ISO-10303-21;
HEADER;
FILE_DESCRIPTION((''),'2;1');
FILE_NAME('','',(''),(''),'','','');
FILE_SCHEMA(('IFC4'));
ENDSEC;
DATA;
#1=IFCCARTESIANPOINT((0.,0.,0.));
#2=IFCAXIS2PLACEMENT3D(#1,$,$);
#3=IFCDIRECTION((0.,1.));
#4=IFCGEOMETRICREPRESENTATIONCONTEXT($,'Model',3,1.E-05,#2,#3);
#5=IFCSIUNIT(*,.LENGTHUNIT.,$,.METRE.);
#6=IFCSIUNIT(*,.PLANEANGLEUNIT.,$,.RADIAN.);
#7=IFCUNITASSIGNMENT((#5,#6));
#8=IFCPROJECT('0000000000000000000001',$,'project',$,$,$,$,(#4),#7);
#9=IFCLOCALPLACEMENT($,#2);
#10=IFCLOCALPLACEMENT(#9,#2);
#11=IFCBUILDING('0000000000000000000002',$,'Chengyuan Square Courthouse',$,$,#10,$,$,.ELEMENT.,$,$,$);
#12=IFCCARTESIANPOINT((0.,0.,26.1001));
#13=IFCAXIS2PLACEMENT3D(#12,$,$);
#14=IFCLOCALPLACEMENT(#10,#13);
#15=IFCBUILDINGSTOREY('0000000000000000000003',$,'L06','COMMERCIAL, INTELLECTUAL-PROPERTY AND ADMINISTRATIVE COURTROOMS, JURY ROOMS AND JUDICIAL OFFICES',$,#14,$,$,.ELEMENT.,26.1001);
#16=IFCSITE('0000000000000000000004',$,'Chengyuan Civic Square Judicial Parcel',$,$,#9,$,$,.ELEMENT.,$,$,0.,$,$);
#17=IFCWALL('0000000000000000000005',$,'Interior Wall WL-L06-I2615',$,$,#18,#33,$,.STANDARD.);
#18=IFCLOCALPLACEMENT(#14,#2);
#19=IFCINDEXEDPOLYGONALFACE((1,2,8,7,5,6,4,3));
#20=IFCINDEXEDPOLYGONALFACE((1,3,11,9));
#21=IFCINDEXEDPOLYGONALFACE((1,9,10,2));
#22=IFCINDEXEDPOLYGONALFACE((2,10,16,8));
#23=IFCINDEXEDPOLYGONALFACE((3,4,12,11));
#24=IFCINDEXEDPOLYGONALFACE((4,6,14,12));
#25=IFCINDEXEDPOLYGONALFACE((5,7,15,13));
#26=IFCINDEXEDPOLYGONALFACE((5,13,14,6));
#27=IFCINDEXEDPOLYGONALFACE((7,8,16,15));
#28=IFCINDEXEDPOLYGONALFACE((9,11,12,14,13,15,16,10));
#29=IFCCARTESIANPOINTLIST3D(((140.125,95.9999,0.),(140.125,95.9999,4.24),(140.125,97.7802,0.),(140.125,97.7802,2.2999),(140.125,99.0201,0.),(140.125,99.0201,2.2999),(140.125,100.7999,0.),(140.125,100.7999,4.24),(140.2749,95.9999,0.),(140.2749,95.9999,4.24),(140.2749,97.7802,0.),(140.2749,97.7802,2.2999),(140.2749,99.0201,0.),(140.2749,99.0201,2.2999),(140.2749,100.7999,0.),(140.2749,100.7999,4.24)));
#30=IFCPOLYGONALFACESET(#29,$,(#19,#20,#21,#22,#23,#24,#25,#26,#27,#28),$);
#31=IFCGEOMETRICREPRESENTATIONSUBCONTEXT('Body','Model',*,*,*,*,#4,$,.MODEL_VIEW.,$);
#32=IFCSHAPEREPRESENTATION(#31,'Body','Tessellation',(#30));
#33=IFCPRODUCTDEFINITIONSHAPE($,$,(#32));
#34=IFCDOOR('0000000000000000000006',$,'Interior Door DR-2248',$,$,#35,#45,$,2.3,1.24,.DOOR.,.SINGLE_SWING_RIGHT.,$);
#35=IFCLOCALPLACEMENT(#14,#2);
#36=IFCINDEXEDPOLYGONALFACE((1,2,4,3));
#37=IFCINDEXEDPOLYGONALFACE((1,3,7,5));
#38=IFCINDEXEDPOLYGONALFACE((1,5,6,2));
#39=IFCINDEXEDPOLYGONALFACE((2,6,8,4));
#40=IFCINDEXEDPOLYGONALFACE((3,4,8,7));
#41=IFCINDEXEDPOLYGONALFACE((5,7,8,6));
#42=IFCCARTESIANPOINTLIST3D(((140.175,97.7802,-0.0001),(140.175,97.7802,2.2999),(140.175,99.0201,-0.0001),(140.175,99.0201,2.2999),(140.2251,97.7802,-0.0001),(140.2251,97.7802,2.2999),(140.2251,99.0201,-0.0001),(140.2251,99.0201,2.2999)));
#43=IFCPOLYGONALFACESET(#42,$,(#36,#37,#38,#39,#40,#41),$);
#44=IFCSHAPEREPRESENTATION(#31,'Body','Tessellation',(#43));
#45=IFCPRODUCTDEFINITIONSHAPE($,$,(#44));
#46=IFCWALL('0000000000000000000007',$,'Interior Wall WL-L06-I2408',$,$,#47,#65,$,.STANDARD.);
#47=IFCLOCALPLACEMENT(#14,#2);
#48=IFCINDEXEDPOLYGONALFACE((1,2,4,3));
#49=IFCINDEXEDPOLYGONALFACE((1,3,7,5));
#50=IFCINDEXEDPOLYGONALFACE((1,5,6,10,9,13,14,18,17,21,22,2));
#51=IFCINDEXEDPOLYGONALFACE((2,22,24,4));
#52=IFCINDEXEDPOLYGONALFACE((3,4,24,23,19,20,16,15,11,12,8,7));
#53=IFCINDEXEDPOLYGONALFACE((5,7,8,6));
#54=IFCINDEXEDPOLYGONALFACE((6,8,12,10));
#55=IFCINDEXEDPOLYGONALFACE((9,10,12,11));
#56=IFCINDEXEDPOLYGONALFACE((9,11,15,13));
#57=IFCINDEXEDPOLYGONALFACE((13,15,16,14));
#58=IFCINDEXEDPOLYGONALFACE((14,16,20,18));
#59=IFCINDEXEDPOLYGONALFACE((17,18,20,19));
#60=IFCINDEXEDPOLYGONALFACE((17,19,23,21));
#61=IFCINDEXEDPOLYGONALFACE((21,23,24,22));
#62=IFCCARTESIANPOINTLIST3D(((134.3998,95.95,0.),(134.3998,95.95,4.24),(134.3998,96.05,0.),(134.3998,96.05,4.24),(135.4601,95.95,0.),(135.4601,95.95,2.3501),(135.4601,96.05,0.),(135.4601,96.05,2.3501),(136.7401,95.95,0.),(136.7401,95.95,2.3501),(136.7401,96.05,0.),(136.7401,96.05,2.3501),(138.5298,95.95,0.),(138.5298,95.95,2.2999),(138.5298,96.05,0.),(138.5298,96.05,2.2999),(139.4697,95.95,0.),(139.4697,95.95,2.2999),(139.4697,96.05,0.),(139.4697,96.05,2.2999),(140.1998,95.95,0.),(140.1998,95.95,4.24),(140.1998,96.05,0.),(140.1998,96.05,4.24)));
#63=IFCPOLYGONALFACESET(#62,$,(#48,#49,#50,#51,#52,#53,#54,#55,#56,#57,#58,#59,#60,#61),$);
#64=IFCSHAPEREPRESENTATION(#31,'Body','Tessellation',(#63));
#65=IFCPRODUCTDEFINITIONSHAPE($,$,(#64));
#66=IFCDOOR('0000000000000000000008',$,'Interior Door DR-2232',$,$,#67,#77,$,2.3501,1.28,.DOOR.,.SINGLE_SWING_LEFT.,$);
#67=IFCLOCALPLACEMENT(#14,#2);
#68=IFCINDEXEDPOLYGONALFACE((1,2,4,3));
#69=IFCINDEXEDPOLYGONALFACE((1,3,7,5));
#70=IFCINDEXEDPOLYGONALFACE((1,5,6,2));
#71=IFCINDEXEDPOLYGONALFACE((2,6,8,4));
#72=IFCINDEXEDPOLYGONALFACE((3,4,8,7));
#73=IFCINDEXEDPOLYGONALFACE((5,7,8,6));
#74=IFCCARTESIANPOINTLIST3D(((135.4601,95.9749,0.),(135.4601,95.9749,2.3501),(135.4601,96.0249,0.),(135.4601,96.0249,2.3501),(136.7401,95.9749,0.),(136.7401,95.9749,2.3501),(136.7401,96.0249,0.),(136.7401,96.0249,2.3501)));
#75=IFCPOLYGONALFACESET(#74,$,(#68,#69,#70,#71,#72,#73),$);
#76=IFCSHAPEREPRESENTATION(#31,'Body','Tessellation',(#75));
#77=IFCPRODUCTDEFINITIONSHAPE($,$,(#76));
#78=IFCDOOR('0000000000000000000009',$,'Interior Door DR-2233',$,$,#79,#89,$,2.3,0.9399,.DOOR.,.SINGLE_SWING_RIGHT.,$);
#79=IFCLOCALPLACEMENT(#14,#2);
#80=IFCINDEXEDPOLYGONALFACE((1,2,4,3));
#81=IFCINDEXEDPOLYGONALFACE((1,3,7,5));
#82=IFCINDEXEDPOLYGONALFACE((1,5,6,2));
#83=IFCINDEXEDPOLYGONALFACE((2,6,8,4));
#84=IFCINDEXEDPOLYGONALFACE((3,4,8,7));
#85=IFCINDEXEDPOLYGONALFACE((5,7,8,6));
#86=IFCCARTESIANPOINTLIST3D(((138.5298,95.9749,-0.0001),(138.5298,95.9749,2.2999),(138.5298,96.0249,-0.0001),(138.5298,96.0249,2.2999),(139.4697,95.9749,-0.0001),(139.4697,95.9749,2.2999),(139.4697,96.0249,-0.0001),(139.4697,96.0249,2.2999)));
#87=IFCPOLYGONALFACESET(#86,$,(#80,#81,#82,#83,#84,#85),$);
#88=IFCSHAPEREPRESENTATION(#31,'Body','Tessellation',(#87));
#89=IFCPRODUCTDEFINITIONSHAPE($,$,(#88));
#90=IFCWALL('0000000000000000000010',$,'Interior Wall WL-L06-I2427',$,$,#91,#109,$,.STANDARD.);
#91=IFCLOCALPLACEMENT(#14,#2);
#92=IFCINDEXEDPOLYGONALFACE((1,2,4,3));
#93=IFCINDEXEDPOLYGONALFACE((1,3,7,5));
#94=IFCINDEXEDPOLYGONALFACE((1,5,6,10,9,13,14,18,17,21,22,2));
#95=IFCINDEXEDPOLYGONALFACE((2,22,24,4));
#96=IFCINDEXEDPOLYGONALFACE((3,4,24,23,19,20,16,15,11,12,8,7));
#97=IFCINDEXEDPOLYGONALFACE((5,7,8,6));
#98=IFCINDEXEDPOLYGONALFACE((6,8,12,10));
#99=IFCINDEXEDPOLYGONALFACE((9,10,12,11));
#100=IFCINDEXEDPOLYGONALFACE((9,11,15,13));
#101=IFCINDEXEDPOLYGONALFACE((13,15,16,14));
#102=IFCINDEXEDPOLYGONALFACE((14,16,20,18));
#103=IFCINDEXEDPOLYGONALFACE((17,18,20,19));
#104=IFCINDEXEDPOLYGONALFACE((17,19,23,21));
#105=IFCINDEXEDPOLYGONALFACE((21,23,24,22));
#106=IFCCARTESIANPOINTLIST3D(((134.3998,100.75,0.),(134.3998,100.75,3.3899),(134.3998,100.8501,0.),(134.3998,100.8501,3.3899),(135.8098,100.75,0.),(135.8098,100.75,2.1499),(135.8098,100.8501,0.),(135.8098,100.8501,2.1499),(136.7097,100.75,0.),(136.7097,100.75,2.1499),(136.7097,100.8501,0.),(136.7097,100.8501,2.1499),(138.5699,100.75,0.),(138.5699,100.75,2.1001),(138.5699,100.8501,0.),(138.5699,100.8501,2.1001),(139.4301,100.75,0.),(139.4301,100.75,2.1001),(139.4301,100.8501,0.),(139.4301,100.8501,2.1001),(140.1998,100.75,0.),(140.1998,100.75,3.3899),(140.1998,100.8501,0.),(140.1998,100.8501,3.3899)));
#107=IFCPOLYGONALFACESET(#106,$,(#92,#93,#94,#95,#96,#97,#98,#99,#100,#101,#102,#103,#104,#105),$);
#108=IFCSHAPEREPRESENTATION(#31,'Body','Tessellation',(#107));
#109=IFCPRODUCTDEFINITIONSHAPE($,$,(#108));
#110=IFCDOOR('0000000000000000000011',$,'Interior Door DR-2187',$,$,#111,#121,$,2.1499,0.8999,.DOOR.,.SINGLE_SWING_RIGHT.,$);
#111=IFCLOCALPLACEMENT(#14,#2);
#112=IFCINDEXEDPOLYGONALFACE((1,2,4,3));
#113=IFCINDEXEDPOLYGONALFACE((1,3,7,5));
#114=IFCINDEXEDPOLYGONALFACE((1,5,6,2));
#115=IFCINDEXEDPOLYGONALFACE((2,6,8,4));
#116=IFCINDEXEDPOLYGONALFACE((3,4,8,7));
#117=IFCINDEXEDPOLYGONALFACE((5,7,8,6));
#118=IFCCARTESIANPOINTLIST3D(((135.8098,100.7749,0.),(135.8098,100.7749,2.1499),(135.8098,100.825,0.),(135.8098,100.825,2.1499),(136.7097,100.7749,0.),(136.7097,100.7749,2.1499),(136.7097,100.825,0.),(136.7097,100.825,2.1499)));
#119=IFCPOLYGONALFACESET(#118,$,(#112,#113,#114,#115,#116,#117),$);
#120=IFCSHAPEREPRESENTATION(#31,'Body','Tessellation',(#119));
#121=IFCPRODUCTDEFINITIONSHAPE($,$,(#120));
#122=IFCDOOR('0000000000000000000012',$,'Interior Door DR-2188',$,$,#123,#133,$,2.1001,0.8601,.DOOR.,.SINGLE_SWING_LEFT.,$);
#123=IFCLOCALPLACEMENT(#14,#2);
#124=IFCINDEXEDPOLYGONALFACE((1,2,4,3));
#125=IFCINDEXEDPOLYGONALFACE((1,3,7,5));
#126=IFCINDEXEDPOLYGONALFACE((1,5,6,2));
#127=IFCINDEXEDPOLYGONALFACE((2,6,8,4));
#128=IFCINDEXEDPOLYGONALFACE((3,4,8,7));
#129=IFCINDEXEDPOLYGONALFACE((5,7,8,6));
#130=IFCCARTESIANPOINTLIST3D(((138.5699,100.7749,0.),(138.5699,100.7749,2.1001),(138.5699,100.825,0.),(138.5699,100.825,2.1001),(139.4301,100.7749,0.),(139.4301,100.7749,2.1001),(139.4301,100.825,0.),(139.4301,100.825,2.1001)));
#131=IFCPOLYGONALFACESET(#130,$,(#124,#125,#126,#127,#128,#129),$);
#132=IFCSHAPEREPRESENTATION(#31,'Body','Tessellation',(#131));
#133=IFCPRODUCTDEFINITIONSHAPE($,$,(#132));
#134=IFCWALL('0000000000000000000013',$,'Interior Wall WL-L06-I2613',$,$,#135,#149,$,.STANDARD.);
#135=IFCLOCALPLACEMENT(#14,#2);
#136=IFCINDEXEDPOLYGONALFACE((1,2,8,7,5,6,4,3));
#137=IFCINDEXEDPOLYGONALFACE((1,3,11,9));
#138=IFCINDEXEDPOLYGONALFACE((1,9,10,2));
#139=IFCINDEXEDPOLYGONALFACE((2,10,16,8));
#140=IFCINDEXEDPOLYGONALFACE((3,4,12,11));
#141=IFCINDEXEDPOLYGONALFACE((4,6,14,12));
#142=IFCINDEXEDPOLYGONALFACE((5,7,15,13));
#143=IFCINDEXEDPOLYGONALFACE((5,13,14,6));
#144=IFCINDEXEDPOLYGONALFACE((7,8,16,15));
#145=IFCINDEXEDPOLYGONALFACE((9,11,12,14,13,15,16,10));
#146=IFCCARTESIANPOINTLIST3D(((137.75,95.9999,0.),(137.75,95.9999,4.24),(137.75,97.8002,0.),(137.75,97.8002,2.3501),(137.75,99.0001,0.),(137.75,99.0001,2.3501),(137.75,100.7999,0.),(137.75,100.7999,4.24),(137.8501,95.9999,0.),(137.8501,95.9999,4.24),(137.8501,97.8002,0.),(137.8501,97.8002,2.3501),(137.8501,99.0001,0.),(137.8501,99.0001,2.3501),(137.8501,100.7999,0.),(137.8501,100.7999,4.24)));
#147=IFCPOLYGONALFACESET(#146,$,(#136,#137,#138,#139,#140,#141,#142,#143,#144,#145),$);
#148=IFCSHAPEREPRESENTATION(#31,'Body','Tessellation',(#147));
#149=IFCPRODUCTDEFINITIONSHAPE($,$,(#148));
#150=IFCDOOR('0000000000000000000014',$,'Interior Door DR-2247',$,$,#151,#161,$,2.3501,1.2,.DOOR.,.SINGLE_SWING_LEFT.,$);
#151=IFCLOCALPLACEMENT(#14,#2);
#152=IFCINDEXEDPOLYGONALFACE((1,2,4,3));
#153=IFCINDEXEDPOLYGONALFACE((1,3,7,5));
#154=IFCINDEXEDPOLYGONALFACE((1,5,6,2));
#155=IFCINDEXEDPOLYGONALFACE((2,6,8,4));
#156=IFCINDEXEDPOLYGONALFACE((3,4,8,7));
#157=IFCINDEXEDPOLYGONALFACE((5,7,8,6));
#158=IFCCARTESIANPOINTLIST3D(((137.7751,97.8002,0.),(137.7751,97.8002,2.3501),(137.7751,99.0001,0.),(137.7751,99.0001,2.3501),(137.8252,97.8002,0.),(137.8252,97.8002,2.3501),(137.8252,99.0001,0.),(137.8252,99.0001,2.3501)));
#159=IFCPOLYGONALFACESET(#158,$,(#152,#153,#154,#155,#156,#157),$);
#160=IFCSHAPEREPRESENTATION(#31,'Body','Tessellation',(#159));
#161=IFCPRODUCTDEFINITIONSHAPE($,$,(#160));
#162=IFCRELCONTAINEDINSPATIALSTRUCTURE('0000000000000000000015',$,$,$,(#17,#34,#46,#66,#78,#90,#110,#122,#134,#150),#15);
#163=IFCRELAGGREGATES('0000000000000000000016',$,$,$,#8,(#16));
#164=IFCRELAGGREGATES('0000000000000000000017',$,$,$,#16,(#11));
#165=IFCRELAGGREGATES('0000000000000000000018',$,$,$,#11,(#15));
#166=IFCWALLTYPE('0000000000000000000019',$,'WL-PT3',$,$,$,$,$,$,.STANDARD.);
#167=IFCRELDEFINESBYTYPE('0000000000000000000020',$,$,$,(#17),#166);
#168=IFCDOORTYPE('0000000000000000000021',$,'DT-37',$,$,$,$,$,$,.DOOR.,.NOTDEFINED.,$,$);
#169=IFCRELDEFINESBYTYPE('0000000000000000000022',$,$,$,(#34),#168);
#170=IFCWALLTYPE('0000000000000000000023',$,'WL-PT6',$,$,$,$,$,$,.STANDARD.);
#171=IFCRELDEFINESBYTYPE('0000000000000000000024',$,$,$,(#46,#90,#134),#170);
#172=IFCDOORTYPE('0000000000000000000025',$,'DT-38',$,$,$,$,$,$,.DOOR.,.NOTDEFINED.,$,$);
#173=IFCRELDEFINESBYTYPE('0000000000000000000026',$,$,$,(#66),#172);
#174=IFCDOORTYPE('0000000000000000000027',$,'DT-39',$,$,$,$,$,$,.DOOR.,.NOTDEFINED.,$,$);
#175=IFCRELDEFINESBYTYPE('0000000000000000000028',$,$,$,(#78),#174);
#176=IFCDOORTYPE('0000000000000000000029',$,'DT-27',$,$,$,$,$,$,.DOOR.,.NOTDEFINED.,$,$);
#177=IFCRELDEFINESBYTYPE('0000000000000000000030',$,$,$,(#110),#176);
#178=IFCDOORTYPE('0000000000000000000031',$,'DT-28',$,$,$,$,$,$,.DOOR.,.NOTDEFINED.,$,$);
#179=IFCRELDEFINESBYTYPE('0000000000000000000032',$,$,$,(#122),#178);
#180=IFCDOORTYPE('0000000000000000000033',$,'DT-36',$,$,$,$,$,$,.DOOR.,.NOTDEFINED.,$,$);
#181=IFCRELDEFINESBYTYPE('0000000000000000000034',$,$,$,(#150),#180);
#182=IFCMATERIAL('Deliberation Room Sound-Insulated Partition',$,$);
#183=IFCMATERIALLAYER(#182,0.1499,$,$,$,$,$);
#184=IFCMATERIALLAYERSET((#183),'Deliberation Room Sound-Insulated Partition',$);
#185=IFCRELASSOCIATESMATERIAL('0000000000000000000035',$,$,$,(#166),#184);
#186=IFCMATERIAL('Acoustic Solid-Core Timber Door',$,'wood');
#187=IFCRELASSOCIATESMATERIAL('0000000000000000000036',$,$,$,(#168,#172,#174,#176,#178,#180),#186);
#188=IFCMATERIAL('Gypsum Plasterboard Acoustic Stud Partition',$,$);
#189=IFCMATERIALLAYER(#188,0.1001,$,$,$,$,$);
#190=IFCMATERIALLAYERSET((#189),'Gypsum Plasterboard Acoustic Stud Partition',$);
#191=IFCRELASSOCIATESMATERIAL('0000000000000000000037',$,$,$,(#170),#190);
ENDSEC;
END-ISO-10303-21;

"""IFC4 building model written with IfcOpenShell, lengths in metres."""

from ifc_helpers import new_model, si_unit, direction, frame, frame_2d, origin, place, context, subcontext, project, spatial, rectangle, extrude, material, layer, layer_set, type_object, element, fill, save


model = new_model("IFC4")

# Units and contexts
model_context = context("Model", 3, precision=1e-05, world=origin(), true_north=direction((0.0, 1.0)))
body_context = subcontext(model_context, "Body", "Model", "MODEL_VIEW")
ifc_project = project(units=[si_unit("LENGTHUNIT", "METRE"), si_unit("PLANEANGLEUNIT", "RADIAN")], contexts=[model_context])

# Site, building, storey
site_placement = place(None, origin())
site = spatial("IfcSite", under=ifc_project, at=site_placement, Name="Chengyuan Civic Square Judicial Parcel", CompositionType="ELEMENT", RefElevation=0.0)
building_placement = place(site_placement, origin())
building = spatial("IfcBuilding", under=site, at=building_placement, Name="Chengyuan Square Courthouse", CompositionType="ELEMENT")
storey_placement = place(building_placement, frame((0.0, 0.0, 26.1001)))
storey = spatial("IfcBuildingStorey", under=building, at=storey_placement, Name="L06", Description="COMMERCIAL, INTELLECTUAL-PROPERTY AND ADMINISTRATIVE COURTROOMS, JURY ROOMS AND JUDICIAL OFFICES", CompositionType="ELEMENT", Elevation=26.1001)

# Shared definitions
ifc_material_1 = material(Name="Deliberation Room Sound-Insulated Partition")
ifc_layer_1 = layer(ifc_material_1, 0.1499)
ifc_layer_set_1 = layer_set([ifc_layer_1], Name="Deliberation Room Sound-Insulated Partition")
wall_type_1 = type_object("IfcWallType", Name="WL-PT3", PredefinedType="STANDARD", material=ifc_layer_set_1)
ifc_material_2 = material(Name="Acoustic Solid-Core Timber Door", Category="wood")

# Wall, opening, door
wall_1_placement = place(storey_placement, frame((140.2, 96.0, 0.0), z_axis=(0.0, 0.0, 1.0), x_axis=(0.0, 1.0, 0.0)))
wall_1 = element("IfcWall", 1, at=wall_1_placement, inside=storey, type_object=wall_type_1, Name="Interior Wall WL-L06-I2615", PredefinedType="STANDARD", context=body_context, shape_type="SweptSolid", body=[
    extrude(rectangle(XDim=4.8, YDim=0.1499, at=frame_2d((2.3999, 0.0))), origin(), (0.0, 0.0, 1.0), 4.24),
])
opening_1_placement = place(wall_1_placement, frame((1.78, 0.0, 0.0)))
opening_1 = element("IfcOpeningElement", 2, at=opening_1_placement, cuts=wall_1, PredefinedType="OPENING", context=body_context, shape_type="SweptSolid", body=[
    extrude(rectangle(XDim=1.24, YDim=2.3, at=frame_2d((0.6201, 1.1499))), frame((0.0, 0.0869, 0.0), z_axis=(0.0, -1.0, 0.0), x_axis=(1.0, 0.0, 0.0)), (0.0, 0.0, 1.0), 0.1738),
])
door_type_1 = type_object("IfcDoorType", Name="DT-37", OperationType="NOTDEFINED", PredefinedType="DOOR", material=ifc_material_2)
door_1_placement = place(opening_1_placement, origin())
door_1 = element("IfcDoor", 3, at=door_1_placement, inside=storey, type_object=door_type_1, Name="Interior Door DR-2248", OperationType="SINGLE_SWING_RIGHT", OverallHeight=2.3, OverallWidth=1.24, PredefinedType="DOOR", context=body_context, shape_type="SweptSolid", body=[
    extrude(rectangle(XDim=1.24, YDim=2.3, at=frame_2d((0.6201, 1.1499))), frame((0.0, 0.0249, 0.0), z_axis=(0.0, -1.0, 0.0), x_axis=(1.0, 0.0, 0.0)), (0.0, 0.0, 1.0), 0.05),
])
fill(opening_1, door_1)

# Walls, openings, doors
ifc_material_3 = material(Name="Gypsum Plasterboard Acoustic Stud Partition")
ifc_layer_2 = layer(ifc_material_3, 0.1001)
ifc_layer_set_2 = layer_set([ifc_layer_2], Name="Gypsum Plasterboard Acoustic Stud Partition")
wall_type_2 = type_object("IfcWallType", Name="WL-PT6", PredefinedType="STANDARD", material=ifc_layer_set_2)
wall_2_placement = place(storey_placement, frame((134.3999, 96.0, 0.0), z_axis=(0.0, 0.0, 1.0), x_axis=(1.0, 0.0, 0.0)))
wall_2 = element("IfcWall", 4, at=wall_2_placement, inside=storey, type_object=wall_type_2, Name="Interior Wall WL-L06-I2408", PredefinedType="STANDARD", context=body_context, shape_type="SweptSolid", body=[
    extrude(rectangle(XDim=5.8, YDim=0.1001, at=frame_2d((2.8999, 0.0))), origin(), (0.0, 0.0, 1.0), 4.24),
])
opening_2_placement = place(wall_2_placement, frame((1.0601, 0.0, 0.0)))
opening_2 = element("IfcOpeningElement", 5, at=opening_2_placement, cuts=wall_2, PredefinedType="OPENING", context=body_context, shape_type="SweptSolid", body=[
    extrude(rectangle(XDim=1.28, YDim=2.3501, at=frame_2d((0.6401, 1.175))), frame((0.0, 0.062, 0.0), z_axis=(0.0, -1.0, 0.0), x_axis=(1.0, 0.0, 0.0)), (0.0, 0.0, 1.0), 0.124),
])
opening_3_placement = place(wall_2_placement, frame((4.1299, 0.0, 0.0)))
opening_3 = element("IfcOpeningElement", 6, at=opening_3_placement, cuts=wall_2, PredefinedType="OPENING", context=body_context, shape_type="SweptSolid", body=[
    extrude(rectangle(XDim=0.9399, YDim=2.3, at=frame_2d((0.47, 1.1499))), frame((0.0, 0.062, 0.0), z_axis=(0.0, -1.0, 0.0), x_axis=(1.0, 0.0, 0.0)), (0.0, 0.0, 1.0), 0.124),
])
door_type_2 = type_object("IfcDoorType", Name="DT-38", OperationType="NOTDEFINED", PredefinedType="DOOR", material=ifc_material_2)
door_2_placement = place(opening_2_placement, origin())
door_2 = element("IfcDoor", 7, at=door_2_placement, inside=storey, type_object=door_type_2, Name="Interior Door DR-2232", OperationType="SINGLE_SWING_LEFT", OverallHeight=2.3501, OverallWidth=1.28, PredefinedType="DOOR", context=body_context, shape_type="SweptSolid", body=[
    extrude(rectangle(XDim=1.28, YDim=2.3501, at=frame_2d((0.6401, 1.175))), frame((0.0, 0.0249, 0.0), z_axis=(0.0, -1.0, 0.0), x_axis=(1.0, 0.0, 0.0)), (0.0, 0.0, 1.0), 0.05),
])
fill(opening_2, door_2)
door_type_3 = type_object("IfcDoorType", Name="DT-39", OperationType="NOTDEFINED", PredefinedType="DOOR", material=ifc_material_2)
door_3_placement = place(opening_3_placement, origin())
door_3 = element("IfcDoor", 8, at=door_3_placement, inside=storey, type_object=door_type_3, Name="Interior Door DR-2233", OperationType="SINGLE_SWING_RIGHT", OverallHeight=2.3, OverallWidth=0.9399, PredefinedType="DOOR", context=body_context, shape_type="SweptSolid", body=[
    extrude(rectangle(XDim=0.9399, YDim=2.3, at=frame_2d((0.47, 1.1499))), frame((0.0, 0.0249, 0.0), z_axis=(0.0, -1.0, 0.0), x_axis=(1.0, 0.0, 0.0)), (0.0, 0.0, 1.0), 0.05),
])
fill(opening_3, door_3)
wall_3_placement = place(storey_placement, frame((134.3999, 100.8, 0.0), z_axis=(0.0, 0.0, 1.0), x_axis=(1.0, 0.0, 0.0)))
wall_3 = element("IfcWall", 9, at=wall_3_placement, inside=storey, type_object=wall_type_2, Name="Interior Wall WL-L06-I2427", PredefinedType="STANDARD", context=body_context, shape_type="SweptSolid", body=[
    extrude(rectangle(XDim=5.8, YDim=0.1001, at=frame_2d((2.8999, 0.0))), origin(), (0.0, 0.0, 1.0), 3.3899),
])
opening_4_placement = place(wall_3_placement, frame((1.4099, 0.0, 0.0)))
opening_4 = element("IfcOpeningElement", 10, at=opening_4_placement, cuts=wall_3, PredefinedType="OPENING", context=body_context, shape_type="SweptSolid", body=[
    extrude(rectangle(XDim=0.8999, YDim=2.1499, at=frame_2d((0.45, 1.075))), frame((0.0, 0.062, 0.0), z_axis=(0.0, -1.0, 0.0), x_axis=(1.0, 0.0, 0.0)), (0.0, 0.0, 1.0), 0.124),
])
opening_5_placement = place(wall_3_placement, frame((4.1699, 0.0, 0.0)))
opening_5 = element("IfcOpeningElement", 11, at=opening_5_placement, cuts=wall_3, PredefinedType="OPENING", context=body_context, shape_type="SweptSolid", body=[
    extrude(rectangle(XDim=0.8601, YDim=2.1001, at=frame_2d((0.4302, 1.05))), frame((0.0, 0.062, 0.0), z_axis=(0.0, -1.0, 0.0), x_axis=(1.0, 0.0, 0.0)), (0.0, 0.0, 1.0), 0.124),
])
door_type_4 = type_object("IfcDoorType", Name="DT-27", OperationType="NOTDEFINED", PredefinedType="DOOR", material=ifc_material_2)
door_4_placement = place(opening_4_placement, origin())
door_4 = element("IfcDoor", 12, at=door_4_placement, inside=storey, type_object=door_type_4, Name="Interior Door DR-2187", OperationType="SINGLE_SWING_RIGHT", OverallHeight=2.1499, OverallWidth=0.8999, PredefinedType="DOOR", context=body_context, shape_type="SweptSolid", body=[
    extrude(rectangle(XDim=0.8999, YDim=2.1499, at=frame_2d((0.45, 1.075))), frame((0.0, 0.0249, 0.0), z_axis=(0.0, -1.0, 0.0), x_axis=(1.0, 0.0, 0.0)), (0.0, 0.0, 1.0), 0.05),
])
fill(opening_4, door_4)
door_type_5 = type_object("IfcDoorType", Name="DT-28", OperationType="NOTDEFINED", PredefinedType="DOOR", material=ifc_material_2)
door_5_placement = place(opening_5_placement, origin())
door_5 = element("IfcDoor", 13, at=door_5_placement, inside=storey, type_object=door_type_5, Name="Interior Door DR-2188", OperationType="SINGLE_SWING_LEFT", OverallHeight=2.1001, OverallWidth=0.8601, PredefinedType="DOOR", context=body_context, shape_type="SweptSolid", body=[
    extrude(rectangle(XDim=0.8601, YDim=2.1001, at=frame_2d((0.4302, 1.05))), frame((0.0, 0.0249, 0.0), z_axis=(0.0, -1.0, 0.0), x_axis=(1.0, 0.0, 0.0)), (0.0, 0.0, 1.0), 0.05),
])
fill(opening_5, door_5)

# Wall, opening, door
wall_4_placement = place(storey_placement, frame((137.8, 96.0, 0.0), z_axis=(0.0, 0.0, 1.0), x_axis=(0.0, 1.0, 0.0)))
wall_4 = element("IfcWall", 14, at=wall_4_placement, inside=storey, type_object=wall_type_2, Name="Interior Wall WL-L06-I2613", PredefinedType="STANDARD", context=body_context, shape_type="SweptSolid", body=[
    extrude(rectangle(XDim=4.8, YDim=0.1001, at=frame_2d((2.3999, 0.0))), origin(), (0.0, 0.0, 1.0), 4.24),
])
opening_6_placement = place(wall_4_placement, frame((1.8, 0.0, 0.0)))
opening_6 = element("IfcOpeningElement", 15, at=opening_6_placement, cuts=wall_4, PredefinedType="OPENING", context=body_context, shape_type="SweptSolid", body=[
    extrude(rectangle(XDim=1.2, YDim=2.3501, at=frame_2d((0.6001, 1.175))), frame((0.0, 0.062, 0.0), z_axis=(0.0, -1.0, 0.0), x_axis=(1.0, 0.0, 0.0)), (0.0, 0.0, 1.0), 0.124),
])
door_type_6 = type_object("IfcDoorType", Name="DT-36", OperationType="NOTDEFINED", PredefinedType="DOOR", material=ifc_material_2)
door_6_placement = place(opening_6_placement, origin())
door_6 = element("IfcDoor", 16, at=door_6_placement, inside=storey, type_object=door_type_6, Name="Interior Door DR-2247", OperationType="SINGLE_SWING_LEFT", OverallHeight=2.3501, OverallWidth=1.2, PredefinedType="DOOR", context=body_context, shape_type="SweptSolid", body=[
    extrude(rectangle(XDim=1.2, YDim=2.3501, at=frame_2d((0.6001, 1.175))), frame((0.0, 0.0249, 0.0), z_axis=(0.0, -1.0, 0.0), x_axis=(1.0, 0.0, 0.0)), (0.0, 0.0, 1.0), 0.05),
])
fill(opening_6, door_6)

save(model, "model.ifc")
